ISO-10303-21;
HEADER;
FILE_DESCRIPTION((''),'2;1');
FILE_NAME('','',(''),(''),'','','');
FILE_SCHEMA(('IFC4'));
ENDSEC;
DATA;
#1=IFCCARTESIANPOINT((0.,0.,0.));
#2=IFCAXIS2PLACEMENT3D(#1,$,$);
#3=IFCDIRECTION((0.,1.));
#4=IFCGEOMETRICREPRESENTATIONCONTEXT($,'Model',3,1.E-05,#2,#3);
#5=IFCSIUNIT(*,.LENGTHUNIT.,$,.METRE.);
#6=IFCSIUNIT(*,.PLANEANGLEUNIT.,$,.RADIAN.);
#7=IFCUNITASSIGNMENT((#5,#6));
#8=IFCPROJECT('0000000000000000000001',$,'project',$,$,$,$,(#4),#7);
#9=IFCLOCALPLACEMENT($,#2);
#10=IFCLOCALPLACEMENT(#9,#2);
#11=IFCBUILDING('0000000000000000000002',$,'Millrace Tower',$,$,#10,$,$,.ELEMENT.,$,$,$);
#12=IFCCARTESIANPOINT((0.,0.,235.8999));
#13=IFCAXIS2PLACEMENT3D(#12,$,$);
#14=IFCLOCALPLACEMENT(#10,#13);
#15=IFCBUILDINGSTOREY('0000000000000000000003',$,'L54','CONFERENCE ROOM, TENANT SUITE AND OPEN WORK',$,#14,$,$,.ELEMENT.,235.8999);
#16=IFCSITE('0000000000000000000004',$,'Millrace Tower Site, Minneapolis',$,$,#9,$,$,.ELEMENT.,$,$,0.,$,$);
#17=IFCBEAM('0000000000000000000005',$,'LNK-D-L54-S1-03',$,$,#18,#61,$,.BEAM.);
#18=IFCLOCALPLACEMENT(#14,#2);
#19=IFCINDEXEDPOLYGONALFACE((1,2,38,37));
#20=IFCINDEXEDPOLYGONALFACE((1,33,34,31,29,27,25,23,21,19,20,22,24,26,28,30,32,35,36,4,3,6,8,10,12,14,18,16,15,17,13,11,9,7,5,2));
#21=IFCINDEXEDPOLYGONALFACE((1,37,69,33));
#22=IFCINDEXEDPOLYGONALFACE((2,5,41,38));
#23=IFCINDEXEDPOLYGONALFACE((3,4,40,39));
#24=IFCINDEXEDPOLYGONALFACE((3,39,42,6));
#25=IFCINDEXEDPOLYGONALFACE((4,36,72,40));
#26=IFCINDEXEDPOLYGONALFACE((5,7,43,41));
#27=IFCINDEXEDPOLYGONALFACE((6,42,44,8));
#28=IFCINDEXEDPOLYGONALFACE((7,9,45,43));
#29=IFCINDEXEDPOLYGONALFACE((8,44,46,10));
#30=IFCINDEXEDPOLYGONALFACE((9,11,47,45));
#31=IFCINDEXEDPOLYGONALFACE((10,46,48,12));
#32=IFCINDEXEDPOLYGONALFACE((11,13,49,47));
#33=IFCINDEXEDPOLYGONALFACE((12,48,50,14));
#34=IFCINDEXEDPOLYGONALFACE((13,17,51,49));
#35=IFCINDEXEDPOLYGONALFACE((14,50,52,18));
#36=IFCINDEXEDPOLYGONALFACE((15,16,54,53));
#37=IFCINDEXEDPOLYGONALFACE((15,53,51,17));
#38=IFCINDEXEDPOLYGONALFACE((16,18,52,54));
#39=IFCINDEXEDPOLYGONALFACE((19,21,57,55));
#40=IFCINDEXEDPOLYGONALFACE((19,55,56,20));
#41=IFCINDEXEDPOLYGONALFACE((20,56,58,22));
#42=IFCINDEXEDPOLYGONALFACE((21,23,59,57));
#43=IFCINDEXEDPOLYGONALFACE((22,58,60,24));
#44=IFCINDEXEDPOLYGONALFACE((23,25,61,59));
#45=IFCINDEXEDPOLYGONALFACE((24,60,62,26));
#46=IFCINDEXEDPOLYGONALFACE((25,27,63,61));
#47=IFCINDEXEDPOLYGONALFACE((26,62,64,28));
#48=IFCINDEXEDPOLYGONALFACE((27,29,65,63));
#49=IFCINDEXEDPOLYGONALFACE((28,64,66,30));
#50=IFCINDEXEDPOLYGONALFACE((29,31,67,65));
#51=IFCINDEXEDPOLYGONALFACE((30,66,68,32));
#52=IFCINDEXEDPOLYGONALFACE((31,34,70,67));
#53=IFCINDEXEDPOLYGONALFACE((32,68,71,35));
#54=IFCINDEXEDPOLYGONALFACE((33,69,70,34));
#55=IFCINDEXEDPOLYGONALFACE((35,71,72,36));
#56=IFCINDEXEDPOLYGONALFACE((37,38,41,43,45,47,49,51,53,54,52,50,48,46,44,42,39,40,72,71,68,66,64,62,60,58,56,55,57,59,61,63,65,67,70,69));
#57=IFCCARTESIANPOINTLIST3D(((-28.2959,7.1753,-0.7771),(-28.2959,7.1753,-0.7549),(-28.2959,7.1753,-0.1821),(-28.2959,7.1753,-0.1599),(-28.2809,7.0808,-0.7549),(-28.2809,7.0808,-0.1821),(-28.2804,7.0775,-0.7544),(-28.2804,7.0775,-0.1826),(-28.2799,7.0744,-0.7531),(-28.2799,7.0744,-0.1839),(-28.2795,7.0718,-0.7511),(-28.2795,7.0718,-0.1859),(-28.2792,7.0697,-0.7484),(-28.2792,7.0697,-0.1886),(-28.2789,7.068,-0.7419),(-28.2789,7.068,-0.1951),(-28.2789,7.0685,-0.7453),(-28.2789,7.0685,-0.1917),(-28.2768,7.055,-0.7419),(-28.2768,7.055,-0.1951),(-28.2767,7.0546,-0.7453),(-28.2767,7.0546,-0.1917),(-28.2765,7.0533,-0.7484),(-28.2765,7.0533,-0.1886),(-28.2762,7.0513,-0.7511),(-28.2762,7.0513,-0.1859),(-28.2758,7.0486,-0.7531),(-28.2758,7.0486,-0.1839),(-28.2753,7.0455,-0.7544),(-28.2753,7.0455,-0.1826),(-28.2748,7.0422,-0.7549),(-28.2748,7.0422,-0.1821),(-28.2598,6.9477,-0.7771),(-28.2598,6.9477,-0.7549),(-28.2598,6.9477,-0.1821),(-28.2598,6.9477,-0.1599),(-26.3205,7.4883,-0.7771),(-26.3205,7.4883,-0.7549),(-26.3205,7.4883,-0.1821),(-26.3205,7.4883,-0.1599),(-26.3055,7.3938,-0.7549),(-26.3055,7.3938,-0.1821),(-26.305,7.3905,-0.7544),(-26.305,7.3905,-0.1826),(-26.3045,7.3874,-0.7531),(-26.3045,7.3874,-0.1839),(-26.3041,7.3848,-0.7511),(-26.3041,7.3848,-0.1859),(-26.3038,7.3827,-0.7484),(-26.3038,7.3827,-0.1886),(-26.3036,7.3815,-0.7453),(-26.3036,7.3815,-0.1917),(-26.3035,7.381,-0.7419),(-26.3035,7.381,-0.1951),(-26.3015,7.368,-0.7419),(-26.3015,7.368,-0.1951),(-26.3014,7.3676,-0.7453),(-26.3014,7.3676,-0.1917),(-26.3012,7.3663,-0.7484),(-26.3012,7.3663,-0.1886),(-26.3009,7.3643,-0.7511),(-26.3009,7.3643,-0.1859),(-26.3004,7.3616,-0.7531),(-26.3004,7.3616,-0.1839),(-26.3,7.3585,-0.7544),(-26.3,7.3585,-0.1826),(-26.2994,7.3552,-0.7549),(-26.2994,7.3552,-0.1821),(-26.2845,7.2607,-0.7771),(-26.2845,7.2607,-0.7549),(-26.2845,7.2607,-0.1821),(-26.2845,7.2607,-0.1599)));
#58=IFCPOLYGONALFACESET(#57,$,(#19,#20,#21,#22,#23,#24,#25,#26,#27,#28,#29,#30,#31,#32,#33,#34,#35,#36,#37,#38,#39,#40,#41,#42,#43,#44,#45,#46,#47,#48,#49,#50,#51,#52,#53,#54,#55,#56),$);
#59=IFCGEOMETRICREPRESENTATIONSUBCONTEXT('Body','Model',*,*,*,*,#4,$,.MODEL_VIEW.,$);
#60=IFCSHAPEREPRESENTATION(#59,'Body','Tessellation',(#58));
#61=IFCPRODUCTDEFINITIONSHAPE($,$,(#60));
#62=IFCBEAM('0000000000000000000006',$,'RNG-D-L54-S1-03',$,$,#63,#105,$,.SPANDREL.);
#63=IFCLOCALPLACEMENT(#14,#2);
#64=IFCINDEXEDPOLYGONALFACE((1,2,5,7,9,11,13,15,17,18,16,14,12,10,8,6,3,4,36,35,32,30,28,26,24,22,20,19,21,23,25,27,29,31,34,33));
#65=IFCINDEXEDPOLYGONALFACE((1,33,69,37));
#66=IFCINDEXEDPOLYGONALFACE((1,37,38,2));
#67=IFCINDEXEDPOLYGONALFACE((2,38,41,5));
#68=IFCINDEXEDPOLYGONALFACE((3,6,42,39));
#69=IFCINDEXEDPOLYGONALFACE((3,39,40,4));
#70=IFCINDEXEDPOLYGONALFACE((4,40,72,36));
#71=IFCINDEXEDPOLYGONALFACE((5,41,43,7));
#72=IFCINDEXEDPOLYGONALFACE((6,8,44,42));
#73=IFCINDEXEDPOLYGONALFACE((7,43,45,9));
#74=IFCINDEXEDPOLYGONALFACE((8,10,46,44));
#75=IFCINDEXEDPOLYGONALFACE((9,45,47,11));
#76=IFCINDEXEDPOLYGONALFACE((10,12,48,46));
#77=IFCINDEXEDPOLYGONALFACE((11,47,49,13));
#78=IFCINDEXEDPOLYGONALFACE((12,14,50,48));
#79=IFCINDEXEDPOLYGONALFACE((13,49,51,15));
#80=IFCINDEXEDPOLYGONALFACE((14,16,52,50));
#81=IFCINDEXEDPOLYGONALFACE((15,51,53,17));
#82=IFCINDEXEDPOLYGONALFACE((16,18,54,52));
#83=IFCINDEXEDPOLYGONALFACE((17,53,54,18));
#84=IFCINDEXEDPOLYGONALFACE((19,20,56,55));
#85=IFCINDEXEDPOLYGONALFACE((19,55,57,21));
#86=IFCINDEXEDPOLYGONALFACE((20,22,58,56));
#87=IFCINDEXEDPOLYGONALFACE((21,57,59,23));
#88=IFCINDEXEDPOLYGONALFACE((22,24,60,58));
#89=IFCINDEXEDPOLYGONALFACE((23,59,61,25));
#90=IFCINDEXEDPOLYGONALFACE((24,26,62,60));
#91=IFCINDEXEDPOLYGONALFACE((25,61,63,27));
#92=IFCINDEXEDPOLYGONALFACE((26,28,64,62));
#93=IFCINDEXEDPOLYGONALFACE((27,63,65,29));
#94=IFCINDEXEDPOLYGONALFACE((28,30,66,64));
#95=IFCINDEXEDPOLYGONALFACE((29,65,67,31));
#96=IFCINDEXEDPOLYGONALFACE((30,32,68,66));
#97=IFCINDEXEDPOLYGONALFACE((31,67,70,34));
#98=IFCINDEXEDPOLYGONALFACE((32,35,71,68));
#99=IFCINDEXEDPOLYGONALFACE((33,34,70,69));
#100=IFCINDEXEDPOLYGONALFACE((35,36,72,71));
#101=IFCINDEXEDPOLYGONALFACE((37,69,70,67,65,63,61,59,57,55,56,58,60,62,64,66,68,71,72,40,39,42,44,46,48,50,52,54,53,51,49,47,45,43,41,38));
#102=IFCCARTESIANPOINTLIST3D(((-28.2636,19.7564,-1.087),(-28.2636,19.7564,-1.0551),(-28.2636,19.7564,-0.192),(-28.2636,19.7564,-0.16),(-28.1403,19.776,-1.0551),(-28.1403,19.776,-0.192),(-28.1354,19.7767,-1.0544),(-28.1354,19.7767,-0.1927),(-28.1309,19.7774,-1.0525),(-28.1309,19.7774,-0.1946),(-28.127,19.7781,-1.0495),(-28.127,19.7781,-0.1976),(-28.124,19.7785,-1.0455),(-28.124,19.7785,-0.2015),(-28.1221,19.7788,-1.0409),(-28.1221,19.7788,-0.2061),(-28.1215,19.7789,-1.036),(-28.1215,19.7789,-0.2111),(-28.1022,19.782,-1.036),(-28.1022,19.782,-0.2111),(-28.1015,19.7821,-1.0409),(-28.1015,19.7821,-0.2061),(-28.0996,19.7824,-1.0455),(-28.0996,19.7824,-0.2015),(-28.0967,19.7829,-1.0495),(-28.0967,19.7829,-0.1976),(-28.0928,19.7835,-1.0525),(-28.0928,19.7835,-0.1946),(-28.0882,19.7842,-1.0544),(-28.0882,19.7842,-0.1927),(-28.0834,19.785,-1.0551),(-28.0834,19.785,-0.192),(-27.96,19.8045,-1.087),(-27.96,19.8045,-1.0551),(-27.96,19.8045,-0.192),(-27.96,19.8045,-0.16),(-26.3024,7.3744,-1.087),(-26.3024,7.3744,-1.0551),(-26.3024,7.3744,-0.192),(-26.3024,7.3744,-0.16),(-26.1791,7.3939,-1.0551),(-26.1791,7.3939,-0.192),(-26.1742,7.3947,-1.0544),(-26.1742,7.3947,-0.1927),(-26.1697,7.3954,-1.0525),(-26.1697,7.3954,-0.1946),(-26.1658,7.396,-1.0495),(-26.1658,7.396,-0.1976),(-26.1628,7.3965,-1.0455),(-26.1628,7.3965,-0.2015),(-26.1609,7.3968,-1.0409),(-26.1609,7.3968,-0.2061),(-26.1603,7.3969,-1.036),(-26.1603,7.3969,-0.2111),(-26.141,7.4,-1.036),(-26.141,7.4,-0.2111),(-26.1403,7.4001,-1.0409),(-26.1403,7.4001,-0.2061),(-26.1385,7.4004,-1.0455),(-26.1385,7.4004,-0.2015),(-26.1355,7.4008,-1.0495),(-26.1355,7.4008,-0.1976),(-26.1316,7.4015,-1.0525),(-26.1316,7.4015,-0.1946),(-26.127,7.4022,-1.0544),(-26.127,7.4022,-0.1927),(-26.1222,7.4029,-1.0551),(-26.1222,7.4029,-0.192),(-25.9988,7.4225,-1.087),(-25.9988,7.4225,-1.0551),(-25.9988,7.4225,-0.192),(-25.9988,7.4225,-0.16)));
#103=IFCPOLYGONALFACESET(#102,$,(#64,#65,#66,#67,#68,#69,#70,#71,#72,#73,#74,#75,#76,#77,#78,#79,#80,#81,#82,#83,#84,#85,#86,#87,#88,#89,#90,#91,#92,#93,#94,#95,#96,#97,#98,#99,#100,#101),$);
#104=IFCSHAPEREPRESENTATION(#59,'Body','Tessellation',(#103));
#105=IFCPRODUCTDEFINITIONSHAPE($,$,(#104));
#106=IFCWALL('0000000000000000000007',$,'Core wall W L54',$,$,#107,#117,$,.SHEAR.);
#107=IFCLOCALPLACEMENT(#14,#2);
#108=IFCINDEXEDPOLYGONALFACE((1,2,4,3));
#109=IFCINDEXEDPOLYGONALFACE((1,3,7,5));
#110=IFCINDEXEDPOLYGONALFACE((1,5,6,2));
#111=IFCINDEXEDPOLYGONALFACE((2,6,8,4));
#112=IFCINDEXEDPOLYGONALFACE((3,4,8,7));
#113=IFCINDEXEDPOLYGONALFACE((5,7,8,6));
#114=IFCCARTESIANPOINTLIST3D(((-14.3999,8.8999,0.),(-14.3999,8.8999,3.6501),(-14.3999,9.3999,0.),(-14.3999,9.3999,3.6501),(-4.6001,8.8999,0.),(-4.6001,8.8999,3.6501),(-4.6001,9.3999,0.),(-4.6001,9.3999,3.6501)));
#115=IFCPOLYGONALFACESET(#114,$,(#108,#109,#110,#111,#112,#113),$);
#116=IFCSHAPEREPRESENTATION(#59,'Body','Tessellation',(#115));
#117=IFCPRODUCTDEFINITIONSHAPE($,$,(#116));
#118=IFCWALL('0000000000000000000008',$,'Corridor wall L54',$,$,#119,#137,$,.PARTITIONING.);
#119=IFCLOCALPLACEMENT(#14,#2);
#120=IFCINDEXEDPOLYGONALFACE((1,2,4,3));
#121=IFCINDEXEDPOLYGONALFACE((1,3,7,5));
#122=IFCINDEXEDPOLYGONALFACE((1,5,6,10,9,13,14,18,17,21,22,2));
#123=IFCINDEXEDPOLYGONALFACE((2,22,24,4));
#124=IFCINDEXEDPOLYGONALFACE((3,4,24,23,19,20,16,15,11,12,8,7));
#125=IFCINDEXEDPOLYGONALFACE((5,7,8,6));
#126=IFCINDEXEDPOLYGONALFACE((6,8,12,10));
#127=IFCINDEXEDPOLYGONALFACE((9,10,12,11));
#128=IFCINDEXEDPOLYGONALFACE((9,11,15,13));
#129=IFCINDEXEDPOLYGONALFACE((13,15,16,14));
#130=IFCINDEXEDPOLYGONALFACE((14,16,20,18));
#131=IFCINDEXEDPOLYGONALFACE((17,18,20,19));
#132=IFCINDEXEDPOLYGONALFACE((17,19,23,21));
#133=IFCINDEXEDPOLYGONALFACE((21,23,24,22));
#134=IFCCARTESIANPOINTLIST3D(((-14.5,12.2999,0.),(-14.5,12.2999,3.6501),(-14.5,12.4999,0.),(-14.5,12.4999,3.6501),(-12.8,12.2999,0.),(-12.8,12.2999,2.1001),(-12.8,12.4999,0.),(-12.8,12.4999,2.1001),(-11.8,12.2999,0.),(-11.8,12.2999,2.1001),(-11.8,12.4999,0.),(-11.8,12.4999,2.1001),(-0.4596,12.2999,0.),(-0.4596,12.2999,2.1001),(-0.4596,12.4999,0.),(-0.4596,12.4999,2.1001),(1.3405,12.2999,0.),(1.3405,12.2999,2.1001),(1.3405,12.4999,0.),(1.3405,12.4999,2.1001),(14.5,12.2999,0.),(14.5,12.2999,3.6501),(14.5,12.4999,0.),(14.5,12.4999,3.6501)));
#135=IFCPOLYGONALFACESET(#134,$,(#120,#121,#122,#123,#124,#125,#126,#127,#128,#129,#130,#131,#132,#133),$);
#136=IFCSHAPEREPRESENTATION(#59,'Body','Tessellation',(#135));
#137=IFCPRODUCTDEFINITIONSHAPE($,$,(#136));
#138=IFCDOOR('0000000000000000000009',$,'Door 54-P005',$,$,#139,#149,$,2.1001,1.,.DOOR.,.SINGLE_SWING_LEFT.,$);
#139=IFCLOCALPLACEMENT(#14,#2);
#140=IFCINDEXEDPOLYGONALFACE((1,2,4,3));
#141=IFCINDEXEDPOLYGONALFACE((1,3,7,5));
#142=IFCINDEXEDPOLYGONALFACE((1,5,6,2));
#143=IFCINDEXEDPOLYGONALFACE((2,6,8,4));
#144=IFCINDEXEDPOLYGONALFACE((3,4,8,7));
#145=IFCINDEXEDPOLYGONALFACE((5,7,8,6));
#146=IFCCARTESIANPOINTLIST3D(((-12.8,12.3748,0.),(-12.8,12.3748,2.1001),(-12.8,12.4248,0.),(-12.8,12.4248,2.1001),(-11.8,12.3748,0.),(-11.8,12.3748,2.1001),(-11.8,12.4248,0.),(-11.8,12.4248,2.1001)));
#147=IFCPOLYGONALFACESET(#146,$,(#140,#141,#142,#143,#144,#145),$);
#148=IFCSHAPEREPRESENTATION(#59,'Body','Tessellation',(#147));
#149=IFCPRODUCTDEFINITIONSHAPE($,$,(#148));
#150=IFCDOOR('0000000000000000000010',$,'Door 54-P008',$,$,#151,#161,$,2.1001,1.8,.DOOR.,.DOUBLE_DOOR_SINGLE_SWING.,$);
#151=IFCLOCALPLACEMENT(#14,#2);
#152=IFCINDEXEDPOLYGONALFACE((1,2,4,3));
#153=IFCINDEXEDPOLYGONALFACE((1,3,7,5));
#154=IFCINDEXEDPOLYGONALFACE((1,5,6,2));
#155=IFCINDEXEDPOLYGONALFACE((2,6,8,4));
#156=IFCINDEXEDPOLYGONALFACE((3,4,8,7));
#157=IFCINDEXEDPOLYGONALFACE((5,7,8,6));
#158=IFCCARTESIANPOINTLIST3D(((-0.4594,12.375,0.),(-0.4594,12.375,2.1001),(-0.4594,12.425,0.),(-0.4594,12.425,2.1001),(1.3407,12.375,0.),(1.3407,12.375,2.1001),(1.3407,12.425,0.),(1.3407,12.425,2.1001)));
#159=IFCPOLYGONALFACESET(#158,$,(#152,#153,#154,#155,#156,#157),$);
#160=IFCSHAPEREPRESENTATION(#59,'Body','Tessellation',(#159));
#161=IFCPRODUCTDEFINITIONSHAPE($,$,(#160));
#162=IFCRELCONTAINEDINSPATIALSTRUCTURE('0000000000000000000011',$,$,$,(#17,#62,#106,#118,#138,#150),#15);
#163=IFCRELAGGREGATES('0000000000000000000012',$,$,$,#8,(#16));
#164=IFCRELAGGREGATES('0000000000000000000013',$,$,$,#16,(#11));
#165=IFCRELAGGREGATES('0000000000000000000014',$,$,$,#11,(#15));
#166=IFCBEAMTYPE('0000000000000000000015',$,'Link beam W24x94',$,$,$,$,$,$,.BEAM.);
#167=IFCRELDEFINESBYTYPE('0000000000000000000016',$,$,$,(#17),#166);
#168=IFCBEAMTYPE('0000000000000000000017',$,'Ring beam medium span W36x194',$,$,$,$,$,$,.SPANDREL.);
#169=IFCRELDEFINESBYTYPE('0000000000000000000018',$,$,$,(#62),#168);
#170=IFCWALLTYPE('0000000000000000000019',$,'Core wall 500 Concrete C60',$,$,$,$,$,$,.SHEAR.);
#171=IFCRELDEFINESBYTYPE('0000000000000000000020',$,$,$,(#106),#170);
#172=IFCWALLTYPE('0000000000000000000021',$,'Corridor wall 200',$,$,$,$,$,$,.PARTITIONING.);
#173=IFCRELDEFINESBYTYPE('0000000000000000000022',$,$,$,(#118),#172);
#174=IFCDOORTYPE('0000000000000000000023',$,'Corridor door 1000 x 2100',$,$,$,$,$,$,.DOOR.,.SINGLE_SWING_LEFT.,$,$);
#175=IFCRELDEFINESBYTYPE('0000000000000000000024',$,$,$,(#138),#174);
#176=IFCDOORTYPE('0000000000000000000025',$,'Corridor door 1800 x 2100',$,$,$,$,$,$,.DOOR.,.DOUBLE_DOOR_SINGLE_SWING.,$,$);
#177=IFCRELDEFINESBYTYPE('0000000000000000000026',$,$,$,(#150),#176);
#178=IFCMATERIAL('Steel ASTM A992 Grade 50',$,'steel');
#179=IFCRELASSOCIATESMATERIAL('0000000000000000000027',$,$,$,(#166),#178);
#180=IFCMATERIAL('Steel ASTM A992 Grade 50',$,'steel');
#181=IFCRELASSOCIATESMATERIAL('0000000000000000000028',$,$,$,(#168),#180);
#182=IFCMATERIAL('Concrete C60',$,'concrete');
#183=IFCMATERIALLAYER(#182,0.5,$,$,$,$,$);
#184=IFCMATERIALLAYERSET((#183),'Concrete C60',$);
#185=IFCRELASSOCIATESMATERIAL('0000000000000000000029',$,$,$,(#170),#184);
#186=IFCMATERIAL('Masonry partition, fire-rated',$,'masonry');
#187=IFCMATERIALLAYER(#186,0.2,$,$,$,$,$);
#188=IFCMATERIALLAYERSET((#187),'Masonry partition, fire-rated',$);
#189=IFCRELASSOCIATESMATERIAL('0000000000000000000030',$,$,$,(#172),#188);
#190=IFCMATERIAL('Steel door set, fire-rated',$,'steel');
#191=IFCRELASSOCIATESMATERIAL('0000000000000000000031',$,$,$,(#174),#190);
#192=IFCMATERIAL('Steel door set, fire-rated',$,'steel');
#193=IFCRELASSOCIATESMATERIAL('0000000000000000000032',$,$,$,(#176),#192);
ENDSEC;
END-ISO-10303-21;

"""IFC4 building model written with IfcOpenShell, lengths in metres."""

from ifc_helpers import new_model, si_unit, direction, frame, frame_2d, origin, origin_2d, place, context, subcontext, project, spatial, rectangle, i_section, extrude, material, layer, layer_set, material_profile, profile_set, type_object, element, fill, save


model = new_model("IFC4")

# Units and contexts
model_context = context("Model", 3, precision=1e-05, world=origin(), true_north=direction((0.0, 1.0)))
body_context = subcontext(model_context, "Body", "Model", "MODEL_VIEW")
ifc_project = project(units=[si_unit("LENGTHUNIT", "METRE"), si_unit("PLANEANGLEUNIT", "RADIAN")], contexts=[model_context])

# Site, building, storey
site_placement = place(None, origin())
site = spatial("IfcSite", under=ifc_project, at=site_placement, Name="Millrace Tower Site, Minneapolis", CompositionType="ELEMENT", RefElevation=0.0)
building_placement = place(site_placement, origin())
building = spatial("IfcBuilding", under=site, at=building_placement, Name="Millrace Tower", CompositionType="ELEMENT")
storey_placement = place(building_placement, frame((0.0, 0.0, 235.8999)))
storey = spatial("IfcBuildingStorey", under=building, at=storey_placement, Name="L54", Description="CONFERENCE ROOM, TENANT SUITE AND OPEN WORK", CompositionType="ELEMENT", Elevation=235.8999)

# Beams
ifc_material_1 = material(Name="Steel ASTM A992 Grade 50", Category="steel")
ifc_material_profile_1 = material_profile(ifc_material_1, i_section(OverallWidth=0.2305, OverallDepth=0.6172, WebThickness=0.0132, FlangeThickness=0.0222, FilletRadius=0.0129, at=origin_2d()))
ifc_profile_set_1 = profile_set([ifc_material_profile_1], Name="Steel ASTM A992 Grade 50")
beam_type_1 = type_object("IfcBeamType", Name="Link beam W24x94", PredefinedType="BEAM", material=ifc_profile_set_1)
beam_1_placement = place(storey_placement, frame((-26.3025, 7.3745, -0.4685), z_axis=(-0.987679, -0.156495, 0.0), x_axis=(0.156495, -0.987679, 0.0)))
element("IfcBeam", 1, at=beam_1_placement, inside=storey, type_object=beam_type_1, Name="LNK-D-L54-S1-03", PredefinedType="BEAM", context=body_context, shape_type="SweptSolid", body=[
    extrude(i_section(OverallWidth=0.2305, OverallDepth=0.6172, WebThickness=0.0132, FlangeThickness=0.0222, FilletRadius=0.0129, at=origin_2d()), origin(), (0.0, 0.0, 1.0), 2.0),
])
ifc_material_2 = material(Name="Steel ASTM A992 Grade 50", Category="steel")
ifc_material_profile_2 = material_profile(ifc_material_2, i_section(OverallWidth=0.3074, OverallDepth=0.927, WebThickness=0.0195, FlangeThickness=0.032, FilletRadius=0.019, at=origin_2d()))
ifc_profile_set_2 = profile_set([ifc_material_profile_2], Name="Steel ASTM A992 Grade 50")
beam_type_2 = type_object("IfcBeamType", Name="Ring beam medium span W36x194", PredefinedType="SPANDREL", material=ifc_profile_set_2)
beam_2_placement = place(storey_placement, frame((-26.1506, 7.3984, -0.6235), z_axis=(-0.156439, 0.987688, 0.0), x_axis=(-0.987688, -0.156439, 0.0)))
element("IfcBeam", 2, at=beam_2_placement, inside=storey, type_object=beam_type_2, Name="RNG-D-L54-S1-03", PredefinedType="SPANDREL", context=body_context, shape_type="SweptSolid", body=[
    extrude(i_section(OverallWidth=0.3074, OverallDepth=0.927, WebThickness=0.0195, FlangeThickness=0.032, FilletRadius=0.019, at=origin_2d()), origin(), (0.0, 0.0, 1.0), 12.5364),
])

# Wall
ifc_material_3 = material(Name="Concrete C60", Category="concrete")
ifc_layer_1 = layer(ifc_material_3, 0.5)
ifc_layer_set_1 = layer_set([ifc_layer_1], Name="Concrete C60")
wall_type_1 = type_object("IfcWallType", Name="Core wall 500 Concrete C60", PredefinedType="SHEAR", material=ifc_layer_set_1)
wall_1_placement = place(storey_placement, frame((-14.3999, 9.1499, 0.0), z_axis=(0.0, 0.0, 1.0), x_axis=(1.0, 0.0, 0.0)))
element("IfcWall", 3, at=wall_1_placement, inside=storey, type_object=wall_type_1, Name="Core wall W L54", PredefinedType="SHEAR", context=body_context, shape_type="SweptSolid", body=[
    extrude(rectangle(XDim=9.7998, YDim=0.5, at=frame_2d((4.8999, 0.0))), origin(), (0.0, 0.0, 1.0), 3.6501),
])

# Wall, openings, doors
ifc_material_4 = material(Name="Masonry partition, fire-rated", Category="masonry")
ifc_layer_2 = layer(ifc_material_4, 0.2)
ifc_layer_set_2 = layer_set([ifc_layer_2], Name="Masonry partition, fire-rated")
wall_type_2 = type_object("IfcWallType", Name="Corridor wall 200", PredefinedType="PARTITIONING", material=ifc_layer_set_2)
wall_2_placement = place(storey_placement, frame((-14.5, 12.3999, 0.0), z_axis=(0.0, 0.0, 1.0), x_axis=(1.0, 0.0, 0.0)))
wall_2 = element("IfcWall", 4, at=wall_2_placement, inside=storey, type_object=wall_type_2, Name="Corridor wall L54", PredefinedType="PARTITIONING", context=body_context, shape_type="SweptSolid", body=[
    extrude(rectangle(XDim=29.0, YDim=0.2, at=frame_2d((14.5, 0.0))), origin(), (0.0, 0.0, 1.0), 3.6501),
])
opening_1_placement = place(wall_2_placement, frame((1.7, 0.0, 0.0)))
opening_1 = element("IfcOpeningElement", 5, at=opening_1_placement, cuts=wall_2, PredefinedType="OPENING", context=body_context, shape_type="SweptSolid", body=[
    extrude(rectangle(XDim=1.0, YDim=2.1001, at=frame_2d((0.5, 1.05))), frame((0.0, 0.1099, 0.0), z_axis=(0.0, -1.0, 0.0), x_axis=(1.0, 0.0, 0.0)), (0.0, 0.0, 1.0), 0.22),
])
opening_2_placement = place(wall_2_placement, frame((14.0405, 0.0, 0.0)))
opening_2 = element("IfcOpeningElement", 6, at=opening_2_placement, cuts=wall_2, PredefinedType="OPENING", context=body_context, shape_type="SweptSolid", body=[
    extrude(rectangle(XDim=1.8, YDim=2.1001, at=frame_2d((0.8999, 1.05))), frame((0.0, 0.1099, 0.0), z_axis=(0.0, -1.0, 0.0), x_axis=(1.0, 0.0, 0.0)), (0.0, 0.0, 1.0), 0.22),
])
ifc_material_5 = material(Name="Steel door set, fire-rated", Category="steel")
door_type_1 = type_object("IfcDoorType", Name="Corridor door 1000 x 2100", OperationType="SINGLE_SWING_LEFT", PredefinedType="DOOR", material=ifc_material_5)
door_1_placement = place(opening_1_placement, origin())
door_1 = element("IfcDoor", 7, at=door_1_placement, inside=storey, type_object=door_type_1, Name="Door 54-P005", OperationType="SINGLE_SWING_LEFT", OverallHeight=2.1001, OverallWidth=1.0, PredefinedType="DOOR", context=body_context, shape_type="SweptSolid", body=[
    extrude(rectangle(XDim=1.0, YDim=2.1001, at=frame_2d((0.5, 1.05))), frame((0.0, 0.0249, 0.0), z_axis=(0.0, -1.0, 0.0), x_axis=(1.0, 0.0, 0.0)), (0.0, 0.0, 1.0), 0.05),
])
fill(opening_1, door_1)
ifc_material_6 = material(Name="Steel door set, fire-rated", Category="steel")
door_type_2 = type_object("IfcDoorType", Name="Corridor door 1800 x 2100", OperationType="DOUBLE_DOOR_SINGLE_SWING", PredefinedType="DOOR", material=ifc_material_6)
door_2_placement = place(opening_2_placement, frame((1.8, 0.0, 0.0), z_axis=(0.0, 0.0, 1.0), x_axis=(-1.0, 0.0, 0.0)))
door_2 = element("IfcDoor", 8, at=door_2_placement, inside=storey, type_object=door_type_2, Name="Door 54-P008", OperationType="DOUBLE_DOOR_SINGLE_SWING", OverallHeight=2.1001, OverallWidth=1.8, PredefinedType="DOOR", context=body_context, shape_type="SweptSolid", body=[
    extrude(rectangle(XDim=1.8, YDim=2.1001, at=frame_2d((0.8999, 1.05))), frame((0.0, 0.0249, 0.0), z_axis=(0.0, -1.0, 0.0), x_axis=(1.0, 0.0, 0.0)), (0.0, 0.0, 1.0), 0.05),
])
fill(opening_2, door_2)

save(model, "model.ifc")
